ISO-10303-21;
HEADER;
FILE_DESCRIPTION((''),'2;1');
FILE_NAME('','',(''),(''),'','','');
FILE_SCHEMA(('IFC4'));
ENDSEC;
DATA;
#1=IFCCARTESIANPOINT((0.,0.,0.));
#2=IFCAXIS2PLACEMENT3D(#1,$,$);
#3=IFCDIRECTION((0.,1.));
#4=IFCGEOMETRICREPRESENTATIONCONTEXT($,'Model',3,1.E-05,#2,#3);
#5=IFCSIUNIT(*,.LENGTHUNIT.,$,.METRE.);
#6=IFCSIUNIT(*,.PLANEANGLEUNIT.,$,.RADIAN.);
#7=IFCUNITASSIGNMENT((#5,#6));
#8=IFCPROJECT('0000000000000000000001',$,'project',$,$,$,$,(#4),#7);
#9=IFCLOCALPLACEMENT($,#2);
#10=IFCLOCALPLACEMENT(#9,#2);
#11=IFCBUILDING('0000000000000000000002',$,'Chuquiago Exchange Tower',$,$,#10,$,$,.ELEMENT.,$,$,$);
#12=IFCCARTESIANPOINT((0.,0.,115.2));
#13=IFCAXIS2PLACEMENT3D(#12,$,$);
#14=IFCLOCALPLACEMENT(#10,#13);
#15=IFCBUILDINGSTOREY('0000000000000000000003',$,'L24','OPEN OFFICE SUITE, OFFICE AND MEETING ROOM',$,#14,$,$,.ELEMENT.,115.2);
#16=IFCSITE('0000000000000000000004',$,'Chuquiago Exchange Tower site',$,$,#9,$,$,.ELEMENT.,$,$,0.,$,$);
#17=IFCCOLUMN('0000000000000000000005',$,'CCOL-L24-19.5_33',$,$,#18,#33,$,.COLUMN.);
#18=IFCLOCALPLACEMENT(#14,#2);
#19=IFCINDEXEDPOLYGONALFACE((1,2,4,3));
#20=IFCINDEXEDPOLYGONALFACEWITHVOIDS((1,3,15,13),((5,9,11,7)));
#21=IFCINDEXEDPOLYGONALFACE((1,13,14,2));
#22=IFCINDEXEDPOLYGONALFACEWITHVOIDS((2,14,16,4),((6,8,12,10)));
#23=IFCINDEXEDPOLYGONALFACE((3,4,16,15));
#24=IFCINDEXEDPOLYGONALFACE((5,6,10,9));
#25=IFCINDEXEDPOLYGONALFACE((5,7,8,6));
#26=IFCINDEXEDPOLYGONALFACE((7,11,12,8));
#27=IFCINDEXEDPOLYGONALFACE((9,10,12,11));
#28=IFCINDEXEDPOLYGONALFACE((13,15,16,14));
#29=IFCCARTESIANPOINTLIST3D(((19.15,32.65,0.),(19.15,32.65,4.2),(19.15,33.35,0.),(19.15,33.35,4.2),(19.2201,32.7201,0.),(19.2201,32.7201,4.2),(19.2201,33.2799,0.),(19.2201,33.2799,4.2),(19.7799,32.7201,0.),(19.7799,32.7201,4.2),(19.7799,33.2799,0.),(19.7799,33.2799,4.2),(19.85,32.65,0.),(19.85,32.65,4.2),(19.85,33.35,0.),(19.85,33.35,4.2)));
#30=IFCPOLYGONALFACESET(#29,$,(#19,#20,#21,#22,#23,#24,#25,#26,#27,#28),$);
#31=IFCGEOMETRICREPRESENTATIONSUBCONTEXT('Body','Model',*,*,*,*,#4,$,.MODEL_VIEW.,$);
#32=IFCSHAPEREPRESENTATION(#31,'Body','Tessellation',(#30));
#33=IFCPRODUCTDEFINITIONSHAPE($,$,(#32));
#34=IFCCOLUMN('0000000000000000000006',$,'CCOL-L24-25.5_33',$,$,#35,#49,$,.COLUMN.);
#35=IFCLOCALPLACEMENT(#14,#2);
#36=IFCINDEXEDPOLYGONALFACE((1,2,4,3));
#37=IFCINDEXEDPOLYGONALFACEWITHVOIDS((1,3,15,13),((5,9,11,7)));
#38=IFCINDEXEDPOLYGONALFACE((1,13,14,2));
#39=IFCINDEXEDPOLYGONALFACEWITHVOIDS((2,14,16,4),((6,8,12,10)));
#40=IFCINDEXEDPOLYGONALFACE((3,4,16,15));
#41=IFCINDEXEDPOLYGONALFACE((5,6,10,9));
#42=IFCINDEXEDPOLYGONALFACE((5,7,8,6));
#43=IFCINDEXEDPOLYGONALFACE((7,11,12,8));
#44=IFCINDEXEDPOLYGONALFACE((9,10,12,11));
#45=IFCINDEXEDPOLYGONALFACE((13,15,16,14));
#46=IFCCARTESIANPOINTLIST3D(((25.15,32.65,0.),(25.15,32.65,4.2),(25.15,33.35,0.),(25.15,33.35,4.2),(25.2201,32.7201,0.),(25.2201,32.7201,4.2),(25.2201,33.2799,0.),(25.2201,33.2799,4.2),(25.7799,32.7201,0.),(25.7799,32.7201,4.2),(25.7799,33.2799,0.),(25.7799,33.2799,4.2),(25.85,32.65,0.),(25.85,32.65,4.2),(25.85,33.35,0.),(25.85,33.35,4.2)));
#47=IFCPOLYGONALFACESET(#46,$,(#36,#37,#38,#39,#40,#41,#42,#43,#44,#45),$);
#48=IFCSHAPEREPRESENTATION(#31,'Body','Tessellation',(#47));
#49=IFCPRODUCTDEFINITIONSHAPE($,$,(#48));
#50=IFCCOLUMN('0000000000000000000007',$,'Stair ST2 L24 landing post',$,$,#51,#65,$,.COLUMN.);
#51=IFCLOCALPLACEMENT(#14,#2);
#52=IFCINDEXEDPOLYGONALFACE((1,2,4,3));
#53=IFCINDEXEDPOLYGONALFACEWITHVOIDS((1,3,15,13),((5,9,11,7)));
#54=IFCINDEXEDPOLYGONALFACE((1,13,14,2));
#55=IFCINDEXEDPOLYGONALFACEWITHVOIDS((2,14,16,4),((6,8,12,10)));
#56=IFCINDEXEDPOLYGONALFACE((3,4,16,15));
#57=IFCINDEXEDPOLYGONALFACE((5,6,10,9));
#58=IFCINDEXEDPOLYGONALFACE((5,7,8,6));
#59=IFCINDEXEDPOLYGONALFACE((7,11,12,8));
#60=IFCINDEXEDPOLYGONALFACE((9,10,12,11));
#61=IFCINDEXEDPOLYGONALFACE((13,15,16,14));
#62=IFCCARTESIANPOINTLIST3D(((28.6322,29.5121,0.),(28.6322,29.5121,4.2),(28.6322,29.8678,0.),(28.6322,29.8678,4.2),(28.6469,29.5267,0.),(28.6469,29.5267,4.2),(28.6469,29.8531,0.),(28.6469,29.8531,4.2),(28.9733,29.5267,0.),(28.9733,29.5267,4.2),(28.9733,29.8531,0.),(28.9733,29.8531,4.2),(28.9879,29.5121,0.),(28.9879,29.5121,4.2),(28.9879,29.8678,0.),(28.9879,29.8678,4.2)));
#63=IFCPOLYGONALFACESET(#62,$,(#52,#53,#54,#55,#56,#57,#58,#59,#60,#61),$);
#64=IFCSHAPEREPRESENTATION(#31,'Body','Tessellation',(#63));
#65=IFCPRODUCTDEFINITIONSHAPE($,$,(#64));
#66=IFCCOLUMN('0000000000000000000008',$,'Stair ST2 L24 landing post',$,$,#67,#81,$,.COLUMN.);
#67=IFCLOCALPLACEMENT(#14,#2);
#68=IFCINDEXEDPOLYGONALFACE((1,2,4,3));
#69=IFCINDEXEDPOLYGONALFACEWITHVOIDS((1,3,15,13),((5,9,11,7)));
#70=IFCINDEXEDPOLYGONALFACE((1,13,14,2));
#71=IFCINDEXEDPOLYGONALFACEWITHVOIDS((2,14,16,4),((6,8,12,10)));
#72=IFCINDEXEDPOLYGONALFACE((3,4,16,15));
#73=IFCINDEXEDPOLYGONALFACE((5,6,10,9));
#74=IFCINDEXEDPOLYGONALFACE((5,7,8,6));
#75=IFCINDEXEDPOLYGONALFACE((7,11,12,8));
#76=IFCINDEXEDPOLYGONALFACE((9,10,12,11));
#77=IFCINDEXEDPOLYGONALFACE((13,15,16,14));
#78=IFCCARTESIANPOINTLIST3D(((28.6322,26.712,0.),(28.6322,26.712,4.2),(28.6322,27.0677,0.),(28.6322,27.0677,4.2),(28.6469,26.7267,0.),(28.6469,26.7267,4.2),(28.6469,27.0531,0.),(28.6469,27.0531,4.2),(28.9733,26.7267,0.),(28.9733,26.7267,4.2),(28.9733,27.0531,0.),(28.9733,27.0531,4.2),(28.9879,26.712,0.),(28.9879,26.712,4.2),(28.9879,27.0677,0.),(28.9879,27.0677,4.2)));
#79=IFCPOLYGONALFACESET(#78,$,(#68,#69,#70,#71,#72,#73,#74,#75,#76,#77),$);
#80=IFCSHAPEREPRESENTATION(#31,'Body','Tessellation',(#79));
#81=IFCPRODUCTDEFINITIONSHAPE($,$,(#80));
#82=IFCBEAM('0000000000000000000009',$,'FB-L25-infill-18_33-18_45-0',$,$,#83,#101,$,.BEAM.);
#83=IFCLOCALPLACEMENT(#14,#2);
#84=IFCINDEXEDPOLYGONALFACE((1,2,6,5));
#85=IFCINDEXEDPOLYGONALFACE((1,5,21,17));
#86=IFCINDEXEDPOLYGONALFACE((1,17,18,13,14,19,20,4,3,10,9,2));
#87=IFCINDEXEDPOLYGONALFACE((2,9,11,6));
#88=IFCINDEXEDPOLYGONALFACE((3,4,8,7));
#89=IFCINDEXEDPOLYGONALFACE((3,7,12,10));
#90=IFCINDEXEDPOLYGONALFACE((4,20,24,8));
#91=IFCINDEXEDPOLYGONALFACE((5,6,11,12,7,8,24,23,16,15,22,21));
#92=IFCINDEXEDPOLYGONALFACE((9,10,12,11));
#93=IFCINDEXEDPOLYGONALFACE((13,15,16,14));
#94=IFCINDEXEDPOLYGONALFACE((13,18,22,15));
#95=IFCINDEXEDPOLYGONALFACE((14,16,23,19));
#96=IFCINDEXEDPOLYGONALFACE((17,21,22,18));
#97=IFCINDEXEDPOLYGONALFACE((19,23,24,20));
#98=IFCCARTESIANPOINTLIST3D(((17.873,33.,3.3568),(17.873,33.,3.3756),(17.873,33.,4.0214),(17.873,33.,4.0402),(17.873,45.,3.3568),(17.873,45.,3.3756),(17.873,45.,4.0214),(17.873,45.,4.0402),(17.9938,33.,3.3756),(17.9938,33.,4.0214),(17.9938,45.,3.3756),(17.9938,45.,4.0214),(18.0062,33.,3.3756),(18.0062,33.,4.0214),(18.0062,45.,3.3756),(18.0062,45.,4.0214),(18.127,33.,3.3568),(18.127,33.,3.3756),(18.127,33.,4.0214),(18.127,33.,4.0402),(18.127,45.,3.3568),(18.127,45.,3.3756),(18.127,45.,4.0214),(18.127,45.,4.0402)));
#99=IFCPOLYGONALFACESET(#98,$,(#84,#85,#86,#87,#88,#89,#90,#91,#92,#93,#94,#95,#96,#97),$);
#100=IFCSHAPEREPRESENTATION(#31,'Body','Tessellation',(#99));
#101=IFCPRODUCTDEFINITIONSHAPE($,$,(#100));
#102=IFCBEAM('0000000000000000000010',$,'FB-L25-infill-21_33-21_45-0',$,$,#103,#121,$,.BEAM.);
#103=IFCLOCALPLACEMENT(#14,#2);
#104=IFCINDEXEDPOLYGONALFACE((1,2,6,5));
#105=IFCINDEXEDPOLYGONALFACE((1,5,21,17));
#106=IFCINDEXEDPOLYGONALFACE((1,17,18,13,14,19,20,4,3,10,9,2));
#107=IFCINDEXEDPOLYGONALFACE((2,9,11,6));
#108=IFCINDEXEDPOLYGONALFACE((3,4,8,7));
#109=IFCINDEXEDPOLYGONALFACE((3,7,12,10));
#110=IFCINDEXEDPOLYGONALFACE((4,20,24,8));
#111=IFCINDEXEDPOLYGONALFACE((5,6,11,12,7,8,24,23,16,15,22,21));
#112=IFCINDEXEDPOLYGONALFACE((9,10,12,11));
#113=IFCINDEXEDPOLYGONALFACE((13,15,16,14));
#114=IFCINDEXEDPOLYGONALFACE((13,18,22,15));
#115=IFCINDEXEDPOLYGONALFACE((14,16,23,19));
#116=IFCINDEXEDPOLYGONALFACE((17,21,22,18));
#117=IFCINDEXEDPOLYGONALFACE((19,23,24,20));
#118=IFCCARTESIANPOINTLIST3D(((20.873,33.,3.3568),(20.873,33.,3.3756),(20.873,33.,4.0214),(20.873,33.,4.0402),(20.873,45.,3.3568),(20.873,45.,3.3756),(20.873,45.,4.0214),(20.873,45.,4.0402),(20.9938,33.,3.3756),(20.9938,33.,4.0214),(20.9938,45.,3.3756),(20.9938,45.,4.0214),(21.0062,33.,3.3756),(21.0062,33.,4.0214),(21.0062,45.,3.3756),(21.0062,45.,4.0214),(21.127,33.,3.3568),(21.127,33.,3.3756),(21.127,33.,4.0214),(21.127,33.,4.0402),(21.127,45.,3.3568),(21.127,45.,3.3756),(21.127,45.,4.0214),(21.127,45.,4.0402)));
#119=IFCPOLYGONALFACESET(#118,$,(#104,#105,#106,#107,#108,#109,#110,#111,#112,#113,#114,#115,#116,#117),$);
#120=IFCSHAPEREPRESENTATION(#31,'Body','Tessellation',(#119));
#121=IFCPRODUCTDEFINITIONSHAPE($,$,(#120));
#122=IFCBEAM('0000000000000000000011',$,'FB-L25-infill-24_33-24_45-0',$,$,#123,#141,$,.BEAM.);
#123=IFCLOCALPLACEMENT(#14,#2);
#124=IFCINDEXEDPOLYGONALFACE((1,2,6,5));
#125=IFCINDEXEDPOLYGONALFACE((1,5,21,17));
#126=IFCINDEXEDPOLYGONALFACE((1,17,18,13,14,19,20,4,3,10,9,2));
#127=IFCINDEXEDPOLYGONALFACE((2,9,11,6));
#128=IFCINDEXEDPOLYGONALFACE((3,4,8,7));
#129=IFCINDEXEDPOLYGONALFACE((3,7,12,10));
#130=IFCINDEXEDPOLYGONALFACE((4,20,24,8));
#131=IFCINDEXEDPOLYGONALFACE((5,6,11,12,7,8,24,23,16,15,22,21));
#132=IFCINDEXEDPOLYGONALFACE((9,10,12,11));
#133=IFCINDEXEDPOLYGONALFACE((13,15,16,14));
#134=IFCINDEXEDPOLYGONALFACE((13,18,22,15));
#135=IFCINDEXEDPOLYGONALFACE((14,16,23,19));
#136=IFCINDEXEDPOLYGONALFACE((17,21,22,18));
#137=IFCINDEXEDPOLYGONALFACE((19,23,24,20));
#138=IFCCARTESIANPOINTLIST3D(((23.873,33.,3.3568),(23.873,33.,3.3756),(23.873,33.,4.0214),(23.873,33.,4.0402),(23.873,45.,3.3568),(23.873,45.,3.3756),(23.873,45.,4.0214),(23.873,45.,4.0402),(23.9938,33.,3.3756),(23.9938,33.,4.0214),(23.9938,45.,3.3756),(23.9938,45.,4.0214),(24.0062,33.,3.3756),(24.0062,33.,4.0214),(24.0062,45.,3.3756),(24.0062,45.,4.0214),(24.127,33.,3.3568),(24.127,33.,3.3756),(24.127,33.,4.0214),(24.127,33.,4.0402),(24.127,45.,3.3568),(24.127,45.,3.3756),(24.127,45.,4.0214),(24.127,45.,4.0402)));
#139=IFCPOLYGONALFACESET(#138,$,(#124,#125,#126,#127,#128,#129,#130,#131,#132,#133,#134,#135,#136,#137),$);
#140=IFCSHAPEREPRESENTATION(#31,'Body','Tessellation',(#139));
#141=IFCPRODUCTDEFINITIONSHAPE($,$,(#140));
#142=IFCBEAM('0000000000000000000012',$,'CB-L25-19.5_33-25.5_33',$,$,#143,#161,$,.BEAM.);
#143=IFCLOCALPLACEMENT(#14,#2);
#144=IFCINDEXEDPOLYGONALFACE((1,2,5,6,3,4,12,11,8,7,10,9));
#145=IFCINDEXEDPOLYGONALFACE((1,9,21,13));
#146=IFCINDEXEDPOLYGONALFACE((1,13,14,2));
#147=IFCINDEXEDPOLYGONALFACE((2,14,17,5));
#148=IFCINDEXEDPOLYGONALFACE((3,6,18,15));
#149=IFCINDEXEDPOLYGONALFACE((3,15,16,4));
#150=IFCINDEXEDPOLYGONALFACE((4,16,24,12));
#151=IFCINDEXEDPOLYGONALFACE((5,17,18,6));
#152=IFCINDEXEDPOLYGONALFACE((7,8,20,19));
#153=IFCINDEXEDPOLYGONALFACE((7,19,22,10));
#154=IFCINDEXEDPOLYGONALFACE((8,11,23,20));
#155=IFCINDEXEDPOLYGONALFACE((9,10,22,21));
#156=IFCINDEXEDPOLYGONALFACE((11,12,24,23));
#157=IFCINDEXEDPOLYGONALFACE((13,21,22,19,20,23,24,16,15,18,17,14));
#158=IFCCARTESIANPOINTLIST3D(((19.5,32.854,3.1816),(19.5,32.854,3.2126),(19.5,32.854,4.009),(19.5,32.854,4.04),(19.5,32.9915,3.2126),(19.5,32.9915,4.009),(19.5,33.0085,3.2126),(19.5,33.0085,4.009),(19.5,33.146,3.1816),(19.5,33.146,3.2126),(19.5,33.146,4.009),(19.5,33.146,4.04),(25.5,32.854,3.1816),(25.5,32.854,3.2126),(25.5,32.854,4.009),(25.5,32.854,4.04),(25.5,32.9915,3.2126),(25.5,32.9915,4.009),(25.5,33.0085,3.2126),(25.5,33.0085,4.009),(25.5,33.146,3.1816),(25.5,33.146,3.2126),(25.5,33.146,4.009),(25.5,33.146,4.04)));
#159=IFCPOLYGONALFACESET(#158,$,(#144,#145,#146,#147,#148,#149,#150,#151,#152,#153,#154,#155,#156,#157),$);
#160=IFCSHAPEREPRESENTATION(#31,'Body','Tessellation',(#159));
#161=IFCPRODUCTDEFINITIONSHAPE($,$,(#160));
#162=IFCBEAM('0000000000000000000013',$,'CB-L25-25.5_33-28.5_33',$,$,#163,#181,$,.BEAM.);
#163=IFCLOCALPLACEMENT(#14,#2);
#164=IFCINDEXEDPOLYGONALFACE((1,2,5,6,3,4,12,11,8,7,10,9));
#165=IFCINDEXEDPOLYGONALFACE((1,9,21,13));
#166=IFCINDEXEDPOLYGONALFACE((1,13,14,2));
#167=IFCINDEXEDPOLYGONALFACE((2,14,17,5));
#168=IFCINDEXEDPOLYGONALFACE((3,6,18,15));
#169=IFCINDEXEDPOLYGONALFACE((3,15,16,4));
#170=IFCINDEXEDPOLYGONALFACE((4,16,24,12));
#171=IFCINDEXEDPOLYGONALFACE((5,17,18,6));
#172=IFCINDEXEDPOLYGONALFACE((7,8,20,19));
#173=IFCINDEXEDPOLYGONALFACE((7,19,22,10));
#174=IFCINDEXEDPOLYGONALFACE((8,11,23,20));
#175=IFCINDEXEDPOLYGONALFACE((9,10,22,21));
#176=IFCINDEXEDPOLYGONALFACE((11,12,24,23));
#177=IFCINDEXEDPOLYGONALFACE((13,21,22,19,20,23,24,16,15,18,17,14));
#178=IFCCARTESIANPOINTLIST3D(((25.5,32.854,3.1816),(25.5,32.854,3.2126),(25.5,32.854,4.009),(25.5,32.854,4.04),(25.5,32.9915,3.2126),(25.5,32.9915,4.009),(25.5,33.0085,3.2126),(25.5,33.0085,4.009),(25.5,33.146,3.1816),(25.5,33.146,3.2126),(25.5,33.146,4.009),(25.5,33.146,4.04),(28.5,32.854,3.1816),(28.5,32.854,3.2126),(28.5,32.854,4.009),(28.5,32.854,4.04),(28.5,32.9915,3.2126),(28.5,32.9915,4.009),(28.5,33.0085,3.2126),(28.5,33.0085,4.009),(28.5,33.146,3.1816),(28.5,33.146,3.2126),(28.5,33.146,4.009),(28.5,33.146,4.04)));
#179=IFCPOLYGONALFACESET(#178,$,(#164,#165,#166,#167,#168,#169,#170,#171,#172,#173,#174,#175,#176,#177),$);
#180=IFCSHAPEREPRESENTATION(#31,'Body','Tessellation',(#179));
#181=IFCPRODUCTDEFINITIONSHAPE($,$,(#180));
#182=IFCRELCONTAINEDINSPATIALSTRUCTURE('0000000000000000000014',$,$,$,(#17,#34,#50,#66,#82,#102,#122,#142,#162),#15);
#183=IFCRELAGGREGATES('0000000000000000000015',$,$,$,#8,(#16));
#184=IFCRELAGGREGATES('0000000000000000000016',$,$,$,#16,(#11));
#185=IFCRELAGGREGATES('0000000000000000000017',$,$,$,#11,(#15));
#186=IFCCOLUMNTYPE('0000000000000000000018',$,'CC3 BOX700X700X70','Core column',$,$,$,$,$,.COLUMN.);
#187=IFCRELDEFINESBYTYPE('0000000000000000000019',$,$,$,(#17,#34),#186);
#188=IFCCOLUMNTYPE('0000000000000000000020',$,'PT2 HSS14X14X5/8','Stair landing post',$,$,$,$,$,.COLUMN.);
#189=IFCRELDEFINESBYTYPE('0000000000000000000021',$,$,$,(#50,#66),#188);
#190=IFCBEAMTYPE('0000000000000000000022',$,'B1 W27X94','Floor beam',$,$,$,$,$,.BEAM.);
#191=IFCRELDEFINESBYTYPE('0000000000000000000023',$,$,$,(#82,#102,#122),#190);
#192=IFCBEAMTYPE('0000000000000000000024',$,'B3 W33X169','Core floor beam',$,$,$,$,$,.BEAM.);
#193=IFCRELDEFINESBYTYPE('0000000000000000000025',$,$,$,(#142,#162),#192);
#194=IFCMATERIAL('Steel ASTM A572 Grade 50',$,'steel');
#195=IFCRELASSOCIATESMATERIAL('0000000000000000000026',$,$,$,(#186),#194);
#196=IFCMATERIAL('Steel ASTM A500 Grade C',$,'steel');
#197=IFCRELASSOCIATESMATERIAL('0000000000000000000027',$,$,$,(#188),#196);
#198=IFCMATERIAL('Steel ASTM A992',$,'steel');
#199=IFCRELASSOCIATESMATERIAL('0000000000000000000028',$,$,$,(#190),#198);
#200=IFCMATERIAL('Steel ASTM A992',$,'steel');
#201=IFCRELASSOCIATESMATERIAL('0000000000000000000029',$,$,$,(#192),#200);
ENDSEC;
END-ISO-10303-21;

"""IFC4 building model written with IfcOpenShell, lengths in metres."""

from ifc_helpers import new_model, si_unit, direction, frame, origin, origin_2d, place, context, subcontext, project, spatial, hollow_rectangle, i_section, extrude, material, material_profile, profile_set, type_object, element, save


model = new_model("IFC4")

# Units and contexts
model_context = context("Model", 3, precision=1e-05, world=origin(), true_north=direction((0.0, 1.0)))
body_context = subcontext(model_context, "Body", "Model", "MODEL_VIEW")
ifc_project = project(units=[si_unit("LENGTHUNIT", "METRE"), si_unit("PLANEANGLEUNIT", "RADIAN")], contexts=[model_context])

# Site, building, storey
site_placement = place(None, origin())
site = spatial("IfcSite", under=ifc_project, at=site_placement, Name="Chuquiago Exchange Tower site", CompositionType="ELEMENT", RefElevation=0.0)
building_placement = place(site_placement, origin())
building = spatial("IfcBuilding", under=site, at=building_placement, Name="Chuquiago Exchange Tower", CompositionType="ELEMENT")
storey_placement = place(building_placement, frame((0.0, 0.0, 115.2)))
storey = spatial("IfcBuildingStorey", under=building, at=storey_placement, Name="L24", Description="OPEN OFFICE SUITE, OFFICE AND MEETING ROOM", CompositionType="ELEMENT", Elevation=115.2)

# Columns
ifc_material_1 = material(Name="Steel ASTM A572 Grade 50", Category="steel")
ifc_material_profile_1 = material_profile(ifc_material_1, hollow_rectangle(XDim=0.7, YDim=0.7, WallThickness=0.0701, at=origin_2d()), Name="BOX700X700X70")
ifc_profile_set_1 = profile_set([ifc_material_profile_1], Name="Steel ASTM A572 Grade 50")
column_type_1 = type_object("IfcColumnType", Name="CC3 BOX700X700X70", Description="Core column", PredefinedType="COLUMN", material=ifc_profile_set_1)
for number, where, z_axis, x_axis, name in (
    (1, (19.5, 33.0, 0.0), (0.0, 0.0, 1.0), (1.0, 0.0, 0.0), "CCOL-L24-19.5_33"),
    (2, (25.5, 33.0, 0.0), (0.0, 0.0, 1.0), (1.0, 0.0, 0.0), "CCOL-L24-25.5_33"),
):
    element("IfcColumn", number, at=place(storey_placement, frame(where, z_axis=z_axis, x_axis=x_axis)), inside=storey, type_object=column_type_1, Name=name, PredefinedType="COLUMN", context=body_context, shape_type="SweptSolid", body=[
        extrude(hollow_rectangle(XDim=0.7, YDim=0.7, WallThickness=0.0701, at=origin_2d()), origin(), (0.0, 0.0, 1.0), 4.2),
    ])
ifc_material_2 = material(Name="Steel ASTM A500 Grade C", Category="steel")
ifc_material_profile_2 = material_profile(ifc_material_2, hollow_rectangle(XDim=0.3557, YDim=0.3557, WallThickness=0.0146, at=origin_2d()), Name="HSS14X14X5/8")
ifc_profile_set_2 = profile_set([ifc_material_profile_2], Name="Steel ASTM A500 Grade C")
column_type_2 = type_object("IfcColumnType", Name="PT2 HSS14X14X5/8", Description="Stair landing post", PredefinedType="COLUMN", material=ifc_profile_set_2)
for number, where, z_axis, x_axis, name in (
    (3, (28.8101, 29.6899, 0.0), (0.0, 0.0, 1.0), (1.0, 0.0, 0.0), "Stair ST2 L24 landing post"),
    (4, (28.8101, 26.8899, 0.0), (0.0, 0.0, 1.0), (1.0, 0.0, 0.0), "Stair ST2 L24 landing post"),
):
    element("IfcColumn", number, at=place(storey_placement, frame(where, z_axis=z_axis, x_axis=x_axis)), inside=storey, type_object=column_type_2, Name=name, PredefinedType="COLUMN", context=body_context, shape_type="SweptSolid", body=[
        extrude(hollow_rectangle(XDim=0.3557, YDim=0.3557, WallThickness=0.0146, at=origin_2d()), origin(), (0.0, 0.0, 1.0), 4.2),
    ])

# Beams
ifc_material_3 = material(Name="Steel ASTM A992", Category="steel")
ifc_material_profile_3 = material_profile(ifc_material_3, i_section(OverallWidth=0.2539, OverallDepth=0.6833, WebThickness=0.0125, FlangeThickness=0.0188, at=origin_2d()), Name="W27X94")
ifc_profile_set_3 = profile_set([ifc_material_profile_3], Name="Steel ASTM A992")
beam_type_1 = type_object("IfcBeamType", Name="B1 W27X94", Description="Floor beam", PredefinedType="BEAM", material=ifc_profile_set_3)
for number, where, z_axis, x_axis, name in (
    (5, (18.0, 33.0, 3.6985), (0.0, 1.0, 0.0), (-1.0, 0.0, 0.0), "FB-L25-infill-18_33-18_45-0"),
    (6, (21.0, 33.0, 3.6985), (0.0, 1.0, 0.0), (-1.0, 0.0, 0.0), "FB-L25-infill-21_33-21_45-0"),
    (7, (24.0, 33.0, 3.6985), (0.0, 1.0, 0.0), (-1.0, 0.0, 0.0), "FB-L25-infill-24_33-24_45-0"),
):
    element("IfcBeam", number, at=place(storey_placement, frame(where, z_axis=z_axis, x_axis=x_axis)), inside=storey, type_object=beam_type_1, Name=name, PredefinedType="BEAM", context=body_context, shape_type="SweptSolid", body=[
        extrude(i_section(OverallWidth=0.2539, OverallDepth=0.6833, WebThickness=0.0125, FlangeThickness=0.0188, at=origin_2d()), origin(), (0.0, 0.0, 1.0), 12.0),
    ])
ifc_material_4 = material(Name="Steel ASTM A992", Category="steel")
ifc_material_profile_4 = material_profile(ifc_material_4, i_section(OverallWidth=0.292, OverallDepth=0.8584, WebThickness=0.0171, FlangeThickness=0.031, at=origin_2d()), Name="W33X169")
ifc_profile_set_4 = profile_set([ifc_material_profile_4], Name="Steel ASTM A992")
beam_type_2 = type_object("IfcBeamType", Name="B3 W33X169", Description="Core floor beam", PredefinedType="BEAM", material=ifc_profile_set_4)
beam_1_placement = place(storey_placement, frame((19.5, 33.0, 3.6108), z_axis=(1.0, 0.0, 0.0), x_axis=(0.0, 1.0, 0.0)))
element("IfcBeam", 8, at=beam_1_placement, inside=storey, type_object=beam_type_2, Name="CB-L25-19.5_33-25.5_33", PredefinedType="BEAM", context=body_context, shape_type="SweptSolid", body=[
    extrude(i_section(OverallWidth=0.292, OverallDepth=0.8584, WebThickness=0.0171, FlangeThickness=0.031, at=origin_2d()), origin(), (0.0, 0.0, 1.0), 6.0),
])
beam_2_placement = place(storey_placement, frame((25.5, 33.0, 3.6108), z_axis=(1.0, 0.0, 0.0), x_axis=(0.0, 1.0, 0.0)))
element("IfcBeam", 9, at=beam_2_placement, inside=storey, type_object=beam_type_2, Name="CB-L25-25.5_33-28.5_33", PredefinedType="BEAM", context=body_context, shape_type="SweptSolid", body=[
    extrude(i_section(OverallWidth=0.292, OverallDepth=0.8584, WebThickness=0.0171, FlangeThickness=0.031, at=origin_2d()), origin(), (0.0, 0.0, 1.0), 3.0),
])

save(model, "model.ifc")
